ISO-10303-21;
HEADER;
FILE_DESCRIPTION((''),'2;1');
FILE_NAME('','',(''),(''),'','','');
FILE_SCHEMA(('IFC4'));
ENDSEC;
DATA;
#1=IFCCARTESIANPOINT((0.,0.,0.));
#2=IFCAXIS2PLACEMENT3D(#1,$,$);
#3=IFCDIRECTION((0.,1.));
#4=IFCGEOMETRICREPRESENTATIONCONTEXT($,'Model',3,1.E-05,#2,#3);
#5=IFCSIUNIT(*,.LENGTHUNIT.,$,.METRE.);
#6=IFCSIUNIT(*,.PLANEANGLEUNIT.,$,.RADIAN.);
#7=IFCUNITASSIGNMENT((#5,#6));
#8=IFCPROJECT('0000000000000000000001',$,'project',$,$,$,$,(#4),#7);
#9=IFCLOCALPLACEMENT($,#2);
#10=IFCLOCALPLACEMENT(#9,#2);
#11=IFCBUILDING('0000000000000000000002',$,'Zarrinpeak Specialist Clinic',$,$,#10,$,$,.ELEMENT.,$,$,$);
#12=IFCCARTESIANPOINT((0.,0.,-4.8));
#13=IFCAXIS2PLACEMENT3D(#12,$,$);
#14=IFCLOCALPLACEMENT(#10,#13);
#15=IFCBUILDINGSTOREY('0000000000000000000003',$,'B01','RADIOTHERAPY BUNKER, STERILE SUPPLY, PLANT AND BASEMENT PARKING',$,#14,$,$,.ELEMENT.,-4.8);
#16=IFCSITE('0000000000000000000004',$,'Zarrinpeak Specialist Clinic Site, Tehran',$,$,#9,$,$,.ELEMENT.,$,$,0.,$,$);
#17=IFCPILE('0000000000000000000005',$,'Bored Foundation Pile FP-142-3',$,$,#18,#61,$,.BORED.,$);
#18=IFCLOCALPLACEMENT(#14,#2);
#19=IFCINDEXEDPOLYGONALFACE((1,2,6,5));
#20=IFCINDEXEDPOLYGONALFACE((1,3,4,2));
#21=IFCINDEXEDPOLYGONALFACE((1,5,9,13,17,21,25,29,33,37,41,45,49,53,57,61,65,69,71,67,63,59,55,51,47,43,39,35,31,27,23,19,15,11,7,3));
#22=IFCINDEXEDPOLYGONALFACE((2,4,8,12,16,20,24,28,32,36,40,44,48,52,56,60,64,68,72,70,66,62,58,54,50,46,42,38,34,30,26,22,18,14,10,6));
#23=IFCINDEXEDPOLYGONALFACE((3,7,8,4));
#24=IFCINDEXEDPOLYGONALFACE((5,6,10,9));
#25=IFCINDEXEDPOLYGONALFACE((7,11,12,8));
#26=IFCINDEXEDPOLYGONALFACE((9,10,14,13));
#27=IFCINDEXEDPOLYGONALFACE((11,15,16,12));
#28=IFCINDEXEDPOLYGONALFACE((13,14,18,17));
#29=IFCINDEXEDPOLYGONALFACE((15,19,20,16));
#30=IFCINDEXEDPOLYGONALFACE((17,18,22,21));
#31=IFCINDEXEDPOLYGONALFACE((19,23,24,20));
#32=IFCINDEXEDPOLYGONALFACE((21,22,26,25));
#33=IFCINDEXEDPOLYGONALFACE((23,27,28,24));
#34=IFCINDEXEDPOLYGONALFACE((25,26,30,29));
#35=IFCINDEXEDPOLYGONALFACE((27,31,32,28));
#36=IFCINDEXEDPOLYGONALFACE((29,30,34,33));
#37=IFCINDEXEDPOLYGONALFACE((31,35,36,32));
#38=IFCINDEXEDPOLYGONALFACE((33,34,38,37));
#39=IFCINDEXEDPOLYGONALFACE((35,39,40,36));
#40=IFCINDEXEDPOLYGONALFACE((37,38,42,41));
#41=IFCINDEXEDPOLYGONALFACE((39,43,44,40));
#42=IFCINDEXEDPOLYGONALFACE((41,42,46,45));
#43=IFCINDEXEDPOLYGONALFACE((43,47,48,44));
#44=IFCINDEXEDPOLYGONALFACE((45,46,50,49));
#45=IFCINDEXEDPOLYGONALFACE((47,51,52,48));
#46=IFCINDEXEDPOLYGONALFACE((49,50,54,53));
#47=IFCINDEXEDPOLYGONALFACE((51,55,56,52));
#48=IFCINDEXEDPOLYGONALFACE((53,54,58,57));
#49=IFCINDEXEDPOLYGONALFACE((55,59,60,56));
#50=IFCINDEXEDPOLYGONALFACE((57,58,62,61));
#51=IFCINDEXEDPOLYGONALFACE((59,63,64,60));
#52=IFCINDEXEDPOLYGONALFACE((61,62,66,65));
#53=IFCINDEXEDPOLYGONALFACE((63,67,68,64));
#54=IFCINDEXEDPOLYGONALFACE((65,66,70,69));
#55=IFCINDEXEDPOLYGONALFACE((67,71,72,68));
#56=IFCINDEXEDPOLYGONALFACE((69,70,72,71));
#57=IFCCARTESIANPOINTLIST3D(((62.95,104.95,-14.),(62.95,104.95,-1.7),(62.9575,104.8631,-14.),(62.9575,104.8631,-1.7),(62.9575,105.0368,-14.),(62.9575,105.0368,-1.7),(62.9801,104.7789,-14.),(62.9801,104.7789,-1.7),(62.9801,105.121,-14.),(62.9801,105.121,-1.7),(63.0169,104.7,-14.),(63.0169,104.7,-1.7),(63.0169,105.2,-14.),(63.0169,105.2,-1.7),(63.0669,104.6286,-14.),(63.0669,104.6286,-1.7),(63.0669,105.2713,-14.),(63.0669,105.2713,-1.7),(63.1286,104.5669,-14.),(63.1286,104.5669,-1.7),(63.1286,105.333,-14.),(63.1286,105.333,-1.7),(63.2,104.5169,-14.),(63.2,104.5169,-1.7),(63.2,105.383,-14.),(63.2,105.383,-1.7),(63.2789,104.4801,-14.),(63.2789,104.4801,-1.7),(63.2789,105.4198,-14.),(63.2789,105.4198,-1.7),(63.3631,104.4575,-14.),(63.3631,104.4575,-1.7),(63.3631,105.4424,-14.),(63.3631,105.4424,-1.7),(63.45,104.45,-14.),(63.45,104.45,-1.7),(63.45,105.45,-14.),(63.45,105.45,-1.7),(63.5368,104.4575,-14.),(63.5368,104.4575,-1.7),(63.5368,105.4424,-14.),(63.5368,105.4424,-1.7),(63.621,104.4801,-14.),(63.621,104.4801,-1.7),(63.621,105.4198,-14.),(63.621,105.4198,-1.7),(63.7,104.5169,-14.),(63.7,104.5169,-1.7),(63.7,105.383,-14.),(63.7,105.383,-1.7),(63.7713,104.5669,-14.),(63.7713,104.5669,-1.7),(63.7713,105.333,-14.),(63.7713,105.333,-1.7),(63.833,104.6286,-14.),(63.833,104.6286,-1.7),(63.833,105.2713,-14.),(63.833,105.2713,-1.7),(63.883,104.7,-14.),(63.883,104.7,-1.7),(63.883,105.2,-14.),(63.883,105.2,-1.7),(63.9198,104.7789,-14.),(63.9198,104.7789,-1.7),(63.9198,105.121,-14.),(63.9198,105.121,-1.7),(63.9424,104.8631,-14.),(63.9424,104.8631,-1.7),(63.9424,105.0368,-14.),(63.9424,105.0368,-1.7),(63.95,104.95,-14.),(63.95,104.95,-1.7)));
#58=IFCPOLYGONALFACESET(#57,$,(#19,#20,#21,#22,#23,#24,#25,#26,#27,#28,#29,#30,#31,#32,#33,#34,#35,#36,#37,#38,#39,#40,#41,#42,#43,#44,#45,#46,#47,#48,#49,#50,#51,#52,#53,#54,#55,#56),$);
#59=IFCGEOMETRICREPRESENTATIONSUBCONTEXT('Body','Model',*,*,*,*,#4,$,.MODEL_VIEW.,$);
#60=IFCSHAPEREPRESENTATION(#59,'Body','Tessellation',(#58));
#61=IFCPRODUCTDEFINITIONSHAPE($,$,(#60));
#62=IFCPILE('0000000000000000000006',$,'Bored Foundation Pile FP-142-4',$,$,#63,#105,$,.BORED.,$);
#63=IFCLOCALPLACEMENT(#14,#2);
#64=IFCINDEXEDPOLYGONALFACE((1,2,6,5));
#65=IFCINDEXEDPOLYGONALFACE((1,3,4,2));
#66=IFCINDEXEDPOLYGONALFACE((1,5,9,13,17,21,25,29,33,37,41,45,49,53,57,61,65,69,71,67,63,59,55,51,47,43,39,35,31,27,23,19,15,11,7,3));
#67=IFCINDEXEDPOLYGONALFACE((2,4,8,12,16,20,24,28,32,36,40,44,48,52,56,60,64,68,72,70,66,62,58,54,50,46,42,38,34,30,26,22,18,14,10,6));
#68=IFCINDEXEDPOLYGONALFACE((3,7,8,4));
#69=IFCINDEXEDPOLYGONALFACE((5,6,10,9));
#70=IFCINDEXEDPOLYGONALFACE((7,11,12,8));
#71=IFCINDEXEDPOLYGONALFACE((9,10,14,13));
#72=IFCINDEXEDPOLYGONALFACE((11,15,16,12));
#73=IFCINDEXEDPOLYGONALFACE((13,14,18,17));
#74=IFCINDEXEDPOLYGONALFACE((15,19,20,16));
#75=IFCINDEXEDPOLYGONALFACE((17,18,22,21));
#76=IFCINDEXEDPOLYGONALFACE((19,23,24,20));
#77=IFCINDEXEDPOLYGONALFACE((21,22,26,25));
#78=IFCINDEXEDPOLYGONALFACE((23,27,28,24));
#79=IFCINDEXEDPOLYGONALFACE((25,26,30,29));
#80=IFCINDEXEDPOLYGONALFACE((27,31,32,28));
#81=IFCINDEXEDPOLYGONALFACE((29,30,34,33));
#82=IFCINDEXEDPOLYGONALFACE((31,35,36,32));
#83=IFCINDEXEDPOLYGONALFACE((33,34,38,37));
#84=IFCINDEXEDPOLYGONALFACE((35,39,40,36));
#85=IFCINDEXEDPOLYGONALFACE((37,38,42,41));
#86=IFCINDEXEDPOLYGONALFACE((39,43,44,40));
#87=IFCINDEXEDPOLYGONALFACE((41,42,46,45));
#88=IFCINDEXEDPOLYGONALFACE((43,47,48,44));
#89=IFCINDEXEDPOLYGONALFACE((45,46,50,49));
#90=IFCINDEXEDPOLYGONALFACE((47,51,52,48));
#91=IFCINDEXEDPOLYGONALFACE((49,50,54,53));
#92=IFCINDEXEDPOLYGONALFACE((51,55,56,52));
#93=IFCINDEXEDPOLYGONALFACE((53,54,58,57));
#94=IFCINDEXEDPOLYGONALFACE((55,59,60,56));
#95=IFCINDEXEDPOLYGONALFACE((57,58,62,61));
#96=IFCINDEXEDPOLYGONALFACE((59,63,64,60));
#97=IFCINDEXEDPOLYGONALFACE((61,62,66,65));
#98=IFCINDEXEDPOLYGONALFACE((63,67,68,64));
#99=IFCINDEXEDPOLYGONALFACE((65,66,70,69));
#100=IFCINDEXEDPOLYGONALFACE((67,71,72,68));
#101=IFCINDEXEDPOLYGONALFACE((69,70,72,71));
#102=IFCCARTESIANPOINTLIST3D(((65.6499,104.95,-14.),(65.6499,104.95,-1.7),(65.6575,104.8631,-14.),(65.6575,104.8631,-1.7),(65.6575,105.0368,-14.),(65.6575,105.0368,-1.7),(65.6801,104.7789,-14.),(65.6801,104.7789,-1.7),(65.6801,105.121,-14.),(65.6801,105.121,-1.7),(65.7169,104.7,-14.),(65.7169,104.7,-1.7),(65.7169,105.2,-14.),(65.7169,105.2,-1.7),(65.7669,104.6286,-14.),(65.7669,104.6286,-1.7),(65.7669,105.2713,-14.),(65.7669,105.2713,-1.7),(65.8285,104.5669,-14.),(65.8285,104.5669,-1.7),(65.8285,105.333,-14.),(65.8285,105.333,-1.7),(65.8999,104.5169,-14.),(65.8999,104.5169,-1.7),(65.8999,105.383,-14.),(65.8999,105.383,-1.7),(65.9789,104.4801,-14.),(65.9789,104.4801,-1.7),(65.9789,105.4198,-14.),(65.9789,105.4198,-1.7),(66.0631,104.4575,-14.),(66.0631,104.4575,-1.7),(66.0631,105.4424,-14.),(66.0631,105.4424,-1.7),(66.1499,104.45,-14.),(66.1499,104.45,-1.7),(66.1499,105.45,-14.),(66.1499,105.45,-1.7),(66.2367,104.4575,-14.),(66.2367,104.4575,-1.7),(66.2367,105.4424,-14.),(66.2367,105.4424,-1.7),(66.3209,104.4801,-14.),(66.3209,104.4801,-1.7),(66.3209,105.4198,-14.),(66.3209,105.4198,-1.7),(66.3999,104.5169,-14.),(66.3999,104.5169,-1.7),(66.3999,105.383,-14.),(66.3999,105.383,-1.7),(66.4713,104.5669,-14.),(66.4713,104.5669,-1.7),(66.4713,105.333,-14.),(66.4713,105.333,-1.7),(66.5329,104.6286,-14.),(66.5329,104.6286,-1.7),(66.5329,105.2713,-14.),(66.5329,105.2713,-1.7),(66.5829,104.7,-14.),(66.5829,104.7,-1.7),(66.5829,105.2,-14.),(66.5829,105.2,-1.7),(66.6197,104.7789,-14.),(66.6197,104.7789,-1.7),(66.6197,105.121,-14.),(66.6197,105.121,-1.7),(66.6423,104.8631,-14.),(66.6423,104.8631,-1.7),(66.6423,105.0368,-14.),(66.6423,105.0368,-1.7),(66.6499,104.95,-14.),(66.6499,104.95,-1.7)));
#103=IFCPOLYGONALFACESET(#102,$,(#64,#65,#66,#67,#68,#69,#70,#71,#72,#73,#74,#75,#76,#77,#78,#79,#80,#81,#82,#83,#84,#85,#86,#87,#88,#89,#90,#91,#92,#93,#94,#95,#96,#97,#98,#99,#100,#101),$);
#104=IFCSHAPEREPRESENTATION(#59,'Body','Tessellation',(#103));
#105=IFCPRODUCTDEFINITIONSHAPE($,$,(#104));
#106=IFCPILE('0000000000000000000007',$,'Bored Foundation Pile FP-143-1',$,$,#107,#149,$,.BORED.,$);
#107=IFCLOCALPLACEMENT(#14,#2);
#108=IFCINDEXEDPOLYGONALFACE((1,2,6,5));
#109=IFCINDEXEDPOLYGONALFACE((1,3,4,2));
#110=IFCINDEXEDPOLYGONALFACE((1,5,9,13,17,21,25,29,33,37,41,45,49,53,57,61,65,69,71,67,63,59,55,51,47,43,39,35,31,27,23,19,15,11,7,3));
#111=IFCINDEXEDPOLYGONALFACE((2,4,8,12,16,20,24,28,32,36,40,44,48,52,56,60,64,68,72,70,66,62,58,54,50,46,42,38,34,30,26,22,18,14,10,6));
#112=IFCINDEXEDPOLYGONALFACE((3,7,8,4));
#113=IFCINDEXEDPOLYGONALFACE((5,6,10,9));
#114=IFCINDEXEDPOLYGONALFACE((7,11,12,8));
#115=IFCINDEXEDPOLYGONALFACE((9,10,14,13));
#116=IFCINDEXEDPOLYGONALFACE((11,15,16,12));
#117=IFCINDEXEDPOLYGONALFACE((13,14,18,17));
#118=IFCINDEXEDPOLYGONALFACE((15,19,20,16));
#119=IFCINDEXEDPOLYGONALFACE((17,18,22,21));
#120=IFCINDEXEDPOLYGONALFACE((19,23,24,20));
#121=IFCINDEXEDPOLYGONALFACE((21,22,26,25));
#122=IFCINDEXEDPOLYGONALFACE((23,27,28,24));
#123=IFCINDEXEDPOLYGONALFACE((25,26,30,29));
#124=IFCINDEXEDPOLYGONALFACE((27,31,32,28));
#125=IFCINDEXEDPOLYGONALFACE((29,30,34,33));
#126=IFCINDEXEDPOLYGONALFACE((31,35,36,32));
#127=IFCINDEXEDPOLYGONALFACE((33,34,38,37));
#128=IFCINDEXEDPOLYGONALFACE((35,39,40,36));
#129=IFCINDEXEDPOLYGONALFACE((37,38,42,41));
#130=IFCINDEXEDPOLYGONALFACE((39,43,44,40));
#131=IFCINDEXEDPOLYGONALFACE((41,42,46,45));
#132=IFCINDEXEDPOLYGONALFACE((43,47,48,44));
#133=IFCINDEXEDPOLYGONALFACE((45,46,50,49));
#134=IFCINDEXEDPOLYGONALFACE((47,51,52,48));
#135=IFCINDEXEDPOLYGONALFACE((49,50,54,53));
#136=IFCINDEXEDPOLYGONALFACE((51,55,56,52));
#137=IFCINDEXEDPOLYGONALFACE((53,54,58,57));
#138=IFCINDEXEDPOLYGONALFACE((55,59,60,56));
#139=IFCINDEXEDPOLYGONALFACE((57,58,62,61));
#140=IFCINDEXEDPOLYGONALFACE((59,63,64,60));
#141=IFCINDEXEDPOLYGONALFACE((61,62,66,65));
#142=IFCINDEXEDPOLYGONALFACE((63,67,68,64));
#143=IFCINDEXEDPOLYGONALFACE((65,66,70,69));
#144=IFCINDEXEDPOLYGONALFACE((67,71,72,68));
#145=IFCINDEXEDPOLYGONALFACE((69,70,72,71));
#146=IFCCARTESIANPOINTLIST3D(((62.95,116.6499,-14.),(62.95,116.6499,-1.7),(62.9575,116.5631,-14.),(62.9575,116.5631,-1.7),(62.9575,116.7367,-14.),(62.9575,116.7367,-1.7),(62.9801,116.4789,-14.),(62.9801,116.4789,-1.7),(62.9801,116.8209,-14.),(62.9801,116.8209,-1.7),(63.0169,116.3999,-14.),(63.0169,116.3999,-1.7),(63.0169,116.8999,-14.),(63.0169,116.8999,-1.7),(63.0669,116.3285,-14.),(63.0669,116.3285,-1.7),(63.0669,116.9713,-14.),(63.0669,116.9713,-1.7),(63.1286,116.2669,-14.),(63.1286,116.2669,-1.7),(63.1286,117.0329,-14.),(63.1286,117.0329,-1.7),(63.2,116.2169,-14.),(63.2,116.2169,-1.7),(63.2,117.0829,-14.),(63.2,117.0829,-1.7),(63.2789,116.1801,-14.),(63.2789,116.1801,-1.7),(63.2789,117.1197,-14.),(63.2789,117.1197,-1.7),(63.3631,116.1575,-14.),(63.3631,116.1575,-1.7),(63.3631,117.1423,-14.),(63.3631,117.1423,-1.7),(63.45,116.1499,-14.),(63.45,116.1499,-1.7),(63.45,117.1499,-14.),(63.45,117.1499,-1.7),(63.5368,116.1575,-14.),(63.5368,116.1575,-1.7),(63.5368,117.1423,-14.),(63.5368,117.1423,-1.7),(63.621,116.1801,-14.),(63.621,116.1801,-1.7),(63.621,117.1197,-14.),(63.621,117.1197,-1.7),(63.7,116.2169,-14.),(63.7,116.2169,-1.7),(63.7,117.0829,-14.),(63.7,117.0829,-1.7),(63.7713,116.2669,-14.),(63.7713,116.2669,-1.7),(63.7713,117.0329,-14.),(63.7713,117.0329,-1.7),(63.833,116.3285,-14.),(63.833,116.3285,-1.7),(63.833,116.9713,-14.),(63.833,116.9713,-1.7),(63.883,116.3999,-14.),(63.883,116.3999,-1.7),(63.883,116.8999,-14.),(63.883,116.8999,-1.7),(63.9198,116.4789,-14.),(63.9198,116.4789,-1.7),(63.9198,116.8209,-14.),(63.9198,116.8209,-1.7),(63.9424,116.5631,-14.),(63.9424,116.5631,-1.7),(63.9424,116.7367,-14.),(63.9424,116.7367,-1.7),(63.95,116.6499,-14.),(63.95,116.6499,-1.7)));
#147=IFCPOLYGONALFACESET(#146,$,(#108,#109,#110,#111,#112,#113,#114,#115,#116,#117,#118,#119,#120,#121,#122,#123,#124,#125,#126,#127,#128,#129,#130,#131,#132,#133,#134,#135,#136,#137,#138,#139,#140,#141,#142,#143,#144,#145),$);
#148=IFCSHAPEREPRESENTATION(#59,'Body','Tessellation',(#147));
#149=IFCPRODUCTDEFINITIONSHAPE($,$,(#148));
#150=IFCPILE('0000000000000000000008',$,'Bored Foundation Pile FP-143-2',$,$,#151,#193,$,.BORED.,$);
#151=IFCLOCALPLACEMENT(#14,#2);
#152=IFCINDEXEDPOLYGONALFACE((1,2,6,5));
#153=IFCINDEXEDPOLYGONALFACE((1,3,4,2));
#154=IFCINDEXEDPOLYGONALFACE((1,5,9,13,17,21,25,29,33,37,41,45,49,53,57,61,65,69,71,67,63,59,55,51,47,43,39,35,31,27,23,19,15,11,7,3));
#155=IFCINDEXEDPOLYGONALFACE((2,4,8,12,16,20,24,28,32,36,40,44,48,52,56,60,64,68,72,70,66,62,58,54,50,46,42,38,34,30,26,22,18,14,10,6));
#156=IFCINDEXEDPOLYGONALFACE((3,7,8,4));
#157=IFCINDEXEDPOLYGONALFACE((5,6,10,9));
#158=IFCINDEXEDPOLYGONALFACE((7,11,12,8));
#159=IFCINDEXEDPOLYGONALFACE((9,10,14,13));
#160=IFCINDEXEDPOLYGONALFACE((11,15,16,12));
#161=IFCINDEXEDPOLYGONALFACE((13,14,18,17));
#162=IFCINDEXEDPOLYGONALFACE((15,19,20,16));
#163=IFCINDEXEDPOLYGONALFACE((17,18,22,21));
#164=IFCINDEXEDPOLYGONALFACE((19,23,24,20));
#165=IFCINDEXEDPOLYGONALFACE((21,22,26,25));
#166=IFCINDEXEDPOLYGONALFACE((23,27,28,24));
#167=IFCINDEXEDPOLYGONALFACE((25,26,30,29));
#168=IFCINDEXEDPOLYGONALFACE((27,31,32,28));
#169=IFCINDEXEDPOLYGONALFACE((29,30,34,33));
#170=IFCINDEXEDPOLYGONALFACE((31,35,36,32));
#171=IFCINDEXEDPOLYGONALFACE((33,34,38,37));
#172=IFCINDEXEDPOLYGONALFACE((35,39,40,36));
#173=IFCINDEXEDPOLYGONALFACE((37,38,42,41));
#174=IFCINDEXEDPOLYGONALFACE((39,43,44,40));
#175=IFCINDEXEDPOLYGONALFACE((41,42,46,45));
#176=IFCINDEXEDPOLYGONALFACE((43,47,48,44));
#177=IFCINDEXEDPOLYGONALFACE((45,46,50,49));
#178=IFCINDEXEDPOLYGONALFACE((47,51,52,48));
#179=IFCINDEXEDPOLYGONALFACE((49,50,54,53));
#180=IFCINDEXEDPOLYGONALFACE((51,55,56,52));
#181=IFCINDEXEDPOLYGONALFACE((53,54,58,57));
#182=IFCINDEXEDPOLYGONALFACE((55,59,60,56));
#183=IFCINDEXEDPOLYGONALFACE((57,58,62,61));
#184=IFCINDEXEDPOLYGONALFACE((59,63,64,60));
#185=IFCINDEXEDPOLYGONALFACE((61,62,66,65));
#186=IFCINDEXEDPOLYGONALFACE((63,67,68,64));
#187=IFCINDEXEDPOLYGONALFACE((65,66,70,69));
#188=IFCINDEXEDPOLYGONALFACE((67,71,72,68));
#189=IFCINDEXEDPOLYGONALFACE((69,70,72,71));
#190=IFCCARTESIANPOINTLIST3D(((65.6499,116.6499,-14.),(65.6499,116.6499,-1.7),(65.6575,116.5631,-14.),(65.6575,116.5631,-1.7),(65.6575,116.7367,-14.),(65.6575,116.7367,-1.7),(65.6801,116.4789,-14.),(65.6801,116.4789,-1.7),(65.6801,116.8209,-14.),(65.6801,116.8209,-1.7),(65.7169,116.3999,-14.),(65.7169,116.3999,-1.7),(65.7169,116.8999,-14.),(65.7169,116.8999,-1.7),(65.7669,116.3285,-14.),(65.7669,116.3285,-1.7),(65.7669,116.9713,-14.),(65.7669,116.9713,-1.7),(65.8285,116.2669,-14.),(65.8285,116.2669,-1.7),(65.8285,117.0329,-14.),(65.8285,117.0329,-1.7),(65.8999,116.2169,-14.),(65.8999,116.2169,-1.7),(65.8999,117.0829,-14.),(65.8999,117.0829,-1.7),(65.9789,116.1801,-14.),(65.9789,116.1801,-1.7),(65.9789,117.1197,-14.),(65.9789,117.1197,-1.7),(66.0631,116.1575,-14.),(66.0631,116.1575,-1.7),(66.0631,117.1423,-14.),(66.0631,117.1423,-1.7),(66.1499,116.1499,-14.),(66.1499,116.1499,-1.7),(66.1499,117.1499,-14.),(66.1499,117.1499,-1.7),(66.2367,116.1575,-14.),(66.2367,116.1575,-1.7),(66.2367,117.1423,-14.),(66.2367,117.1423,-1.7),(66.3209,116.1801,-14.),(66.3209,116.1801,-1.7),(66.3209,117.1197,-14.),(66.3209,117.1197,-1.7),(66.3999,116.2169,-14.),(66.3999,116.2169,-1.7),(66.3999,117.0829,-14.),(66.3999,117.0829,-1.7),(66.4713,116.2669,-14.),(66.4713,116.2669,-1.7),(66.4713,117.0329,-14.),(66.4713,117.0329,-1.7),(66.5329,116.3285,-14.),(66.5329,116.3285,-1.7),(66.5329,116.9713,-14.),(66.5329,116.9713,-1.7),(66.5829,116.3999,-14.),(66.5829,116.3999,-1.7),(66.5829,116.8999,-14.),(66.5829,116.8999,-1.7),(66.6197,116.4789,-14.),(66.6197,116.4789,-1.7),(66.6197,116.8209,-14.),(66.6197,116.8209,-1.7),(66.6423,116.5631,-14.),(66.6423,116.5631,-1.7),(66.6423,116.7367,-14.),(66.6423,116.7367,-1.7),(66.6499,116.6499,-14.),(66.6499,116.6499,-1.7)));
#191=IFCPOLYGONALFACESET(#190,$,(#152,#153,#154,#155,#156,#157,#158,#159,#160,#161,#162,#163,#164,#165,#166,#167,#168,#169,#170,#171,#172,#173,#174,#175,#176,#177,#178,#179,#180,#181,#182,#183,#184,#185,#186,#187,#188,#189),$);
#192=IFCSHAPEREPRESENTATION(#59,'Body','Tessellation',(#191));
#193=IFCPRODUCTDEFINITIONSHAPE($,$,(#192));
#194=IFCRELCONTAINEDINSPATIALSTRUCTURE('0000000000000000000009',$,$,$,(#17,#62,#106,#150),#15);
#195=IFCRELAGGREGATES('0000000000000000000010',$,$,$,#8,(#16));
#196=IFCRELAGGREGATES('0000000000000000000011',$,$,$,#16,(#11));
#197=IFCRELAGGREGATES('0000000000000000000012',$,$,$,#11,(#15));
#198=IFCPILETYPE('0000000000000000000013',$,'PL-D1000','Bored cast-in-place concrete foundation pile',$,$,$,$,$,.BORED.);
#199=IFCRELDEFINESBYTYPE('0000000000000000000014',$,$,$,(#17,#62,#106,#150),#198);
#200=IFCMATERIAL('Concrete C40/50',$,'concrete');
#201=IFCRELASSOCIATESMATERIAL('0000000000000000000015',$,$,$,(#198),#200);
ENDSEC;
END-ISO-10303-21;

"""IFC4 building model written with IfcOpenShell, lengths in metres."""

from ifc_helpers import new_model, si_unit, direction, frame, origin, origin_2d, place, context, subcontext, project, spatial, circle, extrude, material, material_profile, profile_set, type_object, element, save


model = new_model("IFC4")

# Units and contexts
model_context = context("Model", 3, precision=1e-05, world=origin(), true_north=direction((0.0, 1.0)))
body_context = subcontext(model_context, "Body", "Model", "MODEL_VIEW")
ifc_project = project(units=[si_unit("LENGTHUNIT", "METRE"), si_unit("PLANEANGLEUNIT", "RADIAN")], contexts=[model_context])

# Site, building, storey
site_placement = place(None, origin())
site = spatial("IfcSite", under=ifc_project, at=site_placement, Name="Zarrinpeak Specialist Clinic Site, Tehran", CompositionType="ELEMENT", RefElevation=0.0)
building_placement = place(site_placement, origin())
building = spatial("IfcBuilding", under=site, at=building_placement, Name="Zarrinpeak Specialist Clinic", CompositionType="ELEMENT")
storey_placement = place(building_placement, frame((0.0, 0.0, -4.8)))
storey = spatial("IfcBuildingStorey", under=building, at=storey_placement, Name="B01", Description="RADIOTHERAPY BUNKER, STERILE SUPPLY, PLANT AND BASEMENT PARKING", CompositionType="ELEMENT", Elevation=-4.8)

# Shared definitions
ifc_material_1 = material(Name="Concrete C40/50", Category="concrete")

# Piles
ifc_material_profile_1 = material_profile(ifc_material_1, circle(Radius=0.5, at=origin_2d()), Name="BORED PILE D1000")
ifc_profile_set_1 = profile_set([ifc_material_profile_1], Name="Concrete C40/50")
pile_type = type_object("IfcPileType", Name="PL-D1000", Description="Bored cast-in-place concrete foundation pile", PredefinedType="BORED", material=ifc_profile_set_1)
for number, where, z_axis, x_axis, name in (
    (1, (63.45, 104.95, -1.7), (0.0, 0.0, -1.0), (1.0, 0.0, 0.0), "Bored Foundation Pile FP-142-3"),
    (2, (66.1499, 104.95, -1.7), (0.0, 0.0, -1.0), (1.0, 0.0, 0.0), "Bored Foundation Pile FP-142-4"),
    (3, (63.45, 116.6499, -1.7), (0.0, 0.0, -1.0), (1.0, 0.0, 0.0), "Bored Foundation Pile FP-143-1"),
    (4, (66.1499, 116.6499, -1.7), (0.0, 0.0, -1.0), (1.0, 0.0, 0.0), "Bored Foundation Pile FP-143-2"),
):
    element("IfcPile", number, at=place(storey_placement, frame(where, z_axis=z_axis, x_axis=x_axis)), inside=storey, type_object=pile_type, Name=name, PredefinedType="BORED", context=body_context, shape_type="SweptSolid", body=[
        extrude(circle(Radius=0.5, at=origin_2d()), origin(), (0.0, 0.0, 1.0), 12.3),
    ])

save(model, "model.ifc")
